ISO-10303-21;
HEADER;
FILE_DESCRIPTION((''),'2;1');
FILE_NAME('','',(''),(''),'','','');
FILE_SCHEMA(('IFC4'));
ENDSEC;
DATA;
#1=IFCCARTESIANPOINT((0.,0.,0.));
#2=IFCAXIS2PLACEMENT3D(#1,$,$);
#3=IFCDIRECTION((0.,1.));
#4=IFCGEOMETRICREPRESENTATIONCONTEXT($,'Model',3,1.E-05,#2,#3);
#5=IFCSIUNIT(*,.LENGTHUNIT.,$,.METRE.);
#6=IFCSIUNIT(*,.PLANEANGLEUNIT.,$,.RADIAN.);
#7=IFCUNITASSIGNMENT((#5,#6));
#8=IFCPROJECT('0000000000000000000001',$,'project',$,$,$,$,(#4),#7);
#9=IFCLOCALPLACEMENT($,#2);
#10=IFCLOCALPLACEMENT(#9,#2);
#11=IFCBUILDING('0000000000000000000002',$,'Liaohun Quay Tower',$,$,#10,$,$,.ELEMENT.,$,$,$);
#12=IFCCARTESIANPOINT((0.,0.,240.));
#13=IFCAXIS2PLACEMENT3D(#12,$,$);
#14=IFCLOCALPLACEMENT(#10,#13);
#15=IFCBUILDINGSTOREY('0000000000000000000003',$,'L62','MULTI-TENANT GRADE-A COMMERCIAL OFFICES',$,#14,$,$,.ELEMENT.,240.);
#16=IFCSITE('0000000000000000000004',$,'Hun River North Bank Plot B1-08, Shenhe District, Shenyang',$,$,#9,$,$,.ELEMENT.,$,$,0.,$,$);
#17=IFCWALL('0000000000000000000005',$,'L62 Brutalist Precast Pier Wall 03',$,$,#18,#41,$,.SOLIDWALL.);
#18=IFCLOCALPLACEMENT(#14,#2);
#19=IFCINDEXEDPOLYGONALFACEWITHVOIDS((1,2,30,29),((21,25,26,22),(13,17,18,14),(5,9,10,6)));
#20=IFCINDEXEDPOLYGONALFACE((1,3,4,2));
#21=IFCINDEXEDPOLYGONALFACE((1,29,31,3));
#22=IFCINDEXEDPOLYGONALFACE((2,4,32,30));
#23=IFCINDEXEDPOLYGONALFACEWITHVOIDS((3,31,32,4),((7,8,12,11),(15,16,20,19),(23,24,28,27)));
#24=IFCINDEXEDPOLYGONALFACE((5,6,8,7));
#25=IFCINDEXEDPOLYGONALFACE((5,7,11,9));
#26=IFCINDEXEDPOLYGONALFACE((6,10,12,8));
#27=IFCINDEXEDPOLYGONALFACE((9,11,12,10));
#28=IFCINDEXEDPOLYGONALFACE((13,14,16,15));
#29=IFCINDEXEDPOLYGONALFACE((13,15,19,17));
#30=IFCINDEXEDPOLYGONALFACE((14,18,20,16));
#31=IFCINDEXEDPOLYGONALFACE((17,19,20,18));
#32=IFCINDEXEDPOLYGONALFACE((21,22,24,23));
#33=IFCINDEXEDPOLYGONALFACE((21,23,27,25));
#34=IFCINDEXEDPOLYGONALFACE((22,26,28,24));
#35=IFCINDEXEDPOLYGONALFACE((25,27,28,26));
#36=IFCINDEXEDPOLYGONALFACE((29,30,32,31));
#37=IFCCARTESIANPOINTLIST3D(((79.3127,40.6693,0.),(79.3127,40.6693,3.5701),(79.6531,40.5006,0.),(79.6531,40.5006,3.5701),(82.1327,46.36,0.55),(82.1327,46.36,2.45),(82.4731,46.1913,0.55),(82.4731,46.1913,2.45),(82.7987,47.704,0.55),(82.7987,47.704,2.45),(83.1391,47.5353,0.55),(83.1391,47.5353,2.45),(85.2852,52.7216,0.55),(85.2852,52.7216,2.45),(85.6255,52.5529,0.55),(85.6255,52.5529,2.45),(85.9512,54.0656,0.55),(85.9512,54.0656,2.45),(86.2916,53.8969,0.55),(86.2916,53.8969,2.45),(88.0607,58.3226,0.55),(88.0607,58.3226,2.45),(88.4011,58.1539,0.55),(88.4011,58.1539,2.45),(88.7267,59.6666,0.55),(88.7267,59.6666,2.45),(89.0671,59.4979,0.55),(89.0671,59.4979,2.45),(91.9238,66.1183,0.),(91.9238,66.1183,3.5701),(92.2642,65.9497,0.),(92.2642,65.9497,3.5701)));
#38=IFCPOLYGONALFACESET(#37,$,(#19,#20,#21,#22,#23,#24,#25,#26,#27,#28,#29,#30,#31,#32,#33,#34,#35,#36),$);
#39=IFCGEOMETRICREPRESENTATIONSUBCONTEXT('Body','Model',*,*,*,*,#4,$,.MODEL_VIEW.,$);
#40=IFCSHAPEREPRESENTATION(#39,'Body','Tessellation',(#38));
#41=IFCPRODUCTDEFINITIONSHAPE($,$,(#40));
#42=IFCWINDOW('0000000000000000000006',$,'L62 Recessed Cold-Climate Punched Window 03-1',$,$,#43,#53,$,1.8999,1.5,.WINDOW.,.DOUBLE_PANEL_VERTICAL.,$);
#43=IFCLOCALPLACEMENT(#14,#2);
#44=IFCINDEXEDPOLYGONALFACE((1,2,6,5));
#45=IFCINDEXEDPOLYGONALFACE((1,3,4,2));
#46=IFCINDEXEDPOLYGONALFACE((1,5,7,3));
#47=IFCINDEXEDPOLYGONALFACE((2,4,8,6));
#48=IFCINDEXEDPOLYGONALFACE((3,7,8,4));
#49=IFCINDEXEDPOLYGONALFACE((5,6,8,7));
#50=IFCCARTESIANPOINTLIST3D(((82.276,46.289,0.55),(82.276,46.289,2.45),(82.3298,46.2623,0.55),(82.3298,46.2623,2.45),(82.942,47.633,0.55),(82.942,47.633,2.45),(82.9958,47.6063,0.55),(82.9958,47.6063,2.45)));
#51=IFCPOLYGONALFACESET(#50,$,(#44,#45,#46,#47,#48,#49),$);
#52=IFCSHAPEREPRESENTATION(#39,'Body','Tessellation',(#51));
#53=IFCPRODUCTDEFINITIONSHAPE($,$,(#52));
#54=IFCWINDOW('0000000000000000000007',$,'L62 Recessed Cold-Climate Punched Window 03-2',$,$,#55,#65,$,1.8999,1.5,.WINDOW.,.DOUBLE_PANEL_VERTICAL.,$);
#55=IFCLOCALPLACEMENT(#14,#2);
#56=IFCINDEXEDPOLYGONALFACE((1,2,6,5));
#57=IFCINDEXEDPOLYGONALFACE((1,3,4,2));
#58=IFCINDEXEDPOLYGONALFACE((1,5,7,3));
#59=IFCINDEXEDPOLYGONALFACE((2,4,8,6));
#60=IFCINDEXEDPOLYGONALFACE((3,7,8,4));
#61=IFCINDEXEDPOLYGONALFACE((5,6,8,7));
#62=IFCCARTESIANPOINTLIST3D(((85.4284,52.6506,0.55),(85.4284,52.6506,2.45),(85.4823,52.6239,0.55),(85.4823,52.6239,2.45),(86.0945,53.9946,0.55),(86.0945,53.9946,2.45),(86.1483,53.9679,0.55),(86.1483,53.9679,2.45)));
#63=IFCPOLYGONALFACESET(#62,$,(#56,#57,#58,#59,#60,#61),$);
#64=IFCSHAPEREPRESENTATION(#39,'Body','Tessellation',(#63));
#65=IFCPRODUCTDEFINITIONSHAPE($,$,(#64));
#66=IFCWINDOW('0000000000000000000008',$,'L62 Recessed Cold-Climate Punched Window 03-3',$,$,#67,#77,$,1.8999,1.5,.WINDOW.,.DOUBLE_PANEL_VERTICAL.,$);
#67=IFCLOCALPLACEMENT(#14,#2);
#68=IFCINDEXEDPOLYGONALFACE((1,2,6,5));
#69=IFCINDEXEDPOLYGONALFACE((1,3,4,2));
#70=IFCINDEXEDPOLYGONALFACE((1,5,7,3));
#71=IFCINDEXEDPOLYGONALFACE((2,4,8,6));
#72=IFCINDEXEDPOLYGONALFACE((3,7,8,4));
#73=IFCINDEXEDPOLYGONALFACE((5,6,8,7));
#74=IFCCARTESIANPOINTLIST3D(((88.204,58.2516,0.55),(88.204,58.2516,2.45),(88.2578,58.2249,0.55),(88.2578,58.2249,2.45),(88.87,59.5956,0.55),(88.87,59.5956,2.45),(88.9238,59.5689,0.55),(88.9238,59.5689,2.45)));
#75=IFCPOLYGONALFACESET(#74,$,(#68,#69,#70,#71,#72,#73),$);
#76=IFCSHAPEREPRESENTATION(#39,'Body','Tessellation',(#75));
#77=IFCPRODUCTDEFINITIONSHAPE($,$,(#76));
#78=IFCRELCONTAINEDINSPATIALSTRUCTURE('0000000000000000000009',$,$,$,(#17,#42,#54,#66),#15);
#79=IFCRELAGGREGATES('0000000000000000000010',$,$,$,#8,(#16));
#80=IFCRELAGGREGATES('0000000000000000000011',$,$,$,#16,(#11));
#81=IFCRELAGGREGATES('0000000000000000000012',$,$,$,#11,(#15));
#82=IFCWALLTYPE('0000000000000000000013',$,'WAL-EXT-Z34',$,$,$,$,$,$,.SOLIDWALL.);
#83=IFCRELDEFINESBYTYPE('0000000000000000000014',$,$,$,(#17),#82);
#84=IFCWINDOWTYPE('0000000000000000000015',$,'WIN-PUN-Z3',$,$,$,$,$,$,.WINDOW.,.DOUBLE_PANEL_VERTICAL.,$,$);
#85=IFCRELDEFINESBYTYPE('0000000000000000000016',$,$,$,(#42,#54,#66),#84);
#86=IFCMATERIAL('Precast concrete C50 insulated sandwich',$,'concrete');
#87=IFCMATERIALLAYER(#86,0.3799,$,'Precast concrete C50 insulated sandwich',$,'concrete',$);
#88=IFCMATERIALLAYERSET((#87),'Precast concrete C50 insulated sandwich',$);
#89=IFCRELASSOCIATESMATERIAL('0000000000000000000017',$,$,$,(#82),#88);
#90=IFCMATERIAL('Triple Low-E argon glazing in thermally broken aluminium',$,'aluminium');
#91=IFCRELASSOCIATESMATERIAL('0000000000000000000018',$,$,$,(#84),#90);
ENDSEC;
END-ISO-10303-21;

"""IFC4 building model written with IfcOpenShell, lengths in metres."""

from ifc_helpers import new_model, si_unit, direction, frame, frame_2d, origin, place, context, subcontext, project, spatial, rectangle, extrude, source, transform, mapped, material, layer, layer_set, type_object, element, fill, save


model = new_model("IFC4")

# Units and contexts
model_context = context("Model", 3, precision=1e-05, world=origin(), true_north=direction((0.0, 1.0)))
body_context = subcontext(model_context, "Body", "Model", "MODEL_VIEW")
ifc_project = project(units=[si_unit("LENGTHUNIT", "METRE"), si_unit("PLANEANGLEUNIT", "RADIAN")], contexts=[model_context])

# Site, building, storey
site_placement = place(None, origin())
site = spatial("IfcSite", under=ifc_project, at=site_placement, Name="Hun River North Bank Plot B1-08, Shenhe District, Shenyang", CompositionType="ELEMENT", RefElevation=0.0)
building_placement = place(site_placement, origin())
building = spatial("IfcBuilding", under=site, at=building_placement, Name="Liaohun Quay Tower", CompositionType="ELEMENT")
storey_placement = place(building_placement, frame((0.0, 0.0, 240.0)))
storey = spatial("IfcBuildingStorey", under=building, at=storey_placement, Name="L62", Description="MULTI-TENANT GRADE-A COMMERCIAL OFFICES", CompositionType="ELEMENT", Elevation=240.0)

# Shared definitions
ifc_material_1 = material(Name="Precast concrete C50 insulated sandwich", Category="concrete")
ifc_layer_1 = layer(ifc_material_1, 0.3799, Name="Precast concrete C50 insulated sandwich", Category="concrete")
ifc_layer_set_1 = layer_set([ifc_layer_1], Name="Precast concrete C50 insulated sandwich")
wall_type_1 = type_object("IfcWallType", Name="WAL-EXT-Z34", PredefinedType="SOLIDWALL", material=ifc_layer_set_1)

# Wall, openings, windows
shared_shape_1 = source(origin(), body_context, "Body", "SweptSolid", [
    extrude(rectangle(XDim=1.5, YDim=1.8999, at=frame_2d((0.75, 0.95))), frame((0.0, 0.2, 0.0), z_axis=(0.0, -1.0, 0.0), x_axis=(1.0, 0.0, 0.0)), (0.0, 0.0, 1.0), 0.3999),
])
ifc_material_2 = material(Name="Triple Low-E argon glazing in thermally broken aluminium", Category="aluminium")
window_type_1 = type_object("IfcWindowType", Name="WIN-PUN-Z3", PartitioningType="DOUBLE_PANEL_VERTICAL", PredefinedType="WINDOW", material=ifc_material_2)
shared_shape_2 = source(origin(), body_context, "Body", "SweptSolid", [
    extrude(rectangle(XDim=1.5, YDim=1.8999, at=frame_2d((0.75, 0.95))), frame((0.0, 0.03, 0.0), z_axis=(0.0, -1.0, 0.0), x_axis=(1.0, 0.0, 0.0)), (0.0, 0.0, 1.0), 0.0601),
])
wall_1_placement = place(storey_placement, frame((79.4829, 40.585, 0.0), z_axis=(0.0, 0.0, 1.0), x_axis=(0.444017, 0.896019, 0.0)))
wall_1 = element("IfcWall", 1, at=wall_1_placement, inside=storey, type_object=wall_type_1, Name="L62 Brutalist Precast Pier Wall 03", PredefinedType="SOLIDWALL", context=body_context, shape_type="SweptSolid", body=[
    extrude(rectangle(XDim=28.4023, YDim=0.3799, at=frame_2d((14.2012, 0.0))), origin(), (0.0, 0.0, 1.0), 3.5701),
])
opening_1_placement = place(wall_1_placement, frame((6.3511, 0.0, 0.55)))
opening_1 = element("IfcOpeningElement", 2, at=opening_1_placement, cuts=wall_1, PredefinedType="OPENING", context=body_context, shape_type="MappedRepresentation", body=[
    mapped(shared_shape_1, transform((0.0, 0.0, 0.0), x_axis=(1.0, 0.0, 0.0), y_axis=(0.0, 1.0, 0.0), z_axis=(0.0, 0.0, 1.0), scale=1.0)),
])
opening_2_placement = place(wall_1_placement, frame((13.4509, 0.0, 0.55)))
opening_2 = element("IfcOpeningElement", 3, at=opening_2_placement, cuts=wall_1, PredefinedType="OPENING", context=body_context, shape_type="MappedRepresentation", body=[
    mapped(shared_shape_1, transform((0.0, 0.0, 0.0), x_axis=(1.0, 0.0, 0.0), y_axis=(0.0, 1.0, 0.0), z_axis=(0.0, 0.0, 1.0), scale=1.0)),
])
opening_3_placement = place(wall_1_placement, frame((19.7019, 0.0, 0.55)))
opening_3 = element("IfcOpeningElement", 4, at=opening_3_placement, cuts=wall_1, PredefinedType="OPENING", context=body_context, shape_type="MappedRepresentation", body=[
    mapped(shared_shape_1, transform((0.0, 0.0, 0.0), x_axis=(1.0, 0.0, 0.0), y_axis=(0.0, 1.0, 0.0), z_axis=(0.0, 0.0, 1.0), scale=1.0)),
])
window_1_placement = place(opening_1_placement, origin())
window_1 = element("IfcWindow", 5, at=window_1_placement, inside=storey, type_object=window_type_1, Name="L62 Recessed Cold-Climate Punched Window 03-1", OverallHeight=1.8999, OverallWidth=1.5, PartitioningType="DOUBLE_PANEL_VERTICAL", PredefinedType="WINDOW", context=body_context, shape_type="MappedRepresentation", body=[
    mapped(shared_shape_2, transform((0.0, 0.0, 0.0), x_axis=(1.0, 0.0, 0.0), y_axis=(0.0, 1.0, 0.0), z_axis=(0.0, 0.0, 1.0), scale=1.0)),
])
fill(opening_1, window_1)
window_2_placement = place(opening_2_placement, origin())
window_2 = element("IfcWindow", 6, at=window_2_placement, inside=storey, type_object=window_type_1, Name="L62 Recessed Cold-Climate Punched Window 03-2", OverallHeight=1.8999, OverallWidth=1.5, PartitioningType="DOUBLE_PANEL_VERTICAL", PredefinedType="WINDOW", context=body_context, shape_type="MappedRepresentation", body=[
    mapped(shared_shape_2, transform((0.0, 0.0, 0.0), x_axis=(1.0, 0.0, 0.0), y_axis=(0.0, 1.0, 0.0), z_axis=(0.0, 0.0, 1.0), scale=1.0)),
])
fill(opening_2, window_2)
window_3_placement = place(opening_3_placement, origin())
window_3 = element("IfcWindow", 7, at=window_3_placement, inside=storey, type_object=window_type_1, Name="L62 Recessed Cold-Climate Punched Window 03-3", OverallHeight=1.8999, OverallWidth=1.5, PartitioningType="DOUBLE_PANEL_VERTICAL", PredefinedType="WINDOW", context=body_context, shape_type="MappedRepresentation", body=[
    mapped(shared_shape_2, transform((0.0, 0.0, 0.0), x_axis=(1.0, 0.0, 0.0), y_axis=(0.0, 1.0, 0.0), z_axis=(0.0, 0.0, 1.0), scale=1.0)),
])
fill(opening_3, window_3)

save(model, "model.ifc")
